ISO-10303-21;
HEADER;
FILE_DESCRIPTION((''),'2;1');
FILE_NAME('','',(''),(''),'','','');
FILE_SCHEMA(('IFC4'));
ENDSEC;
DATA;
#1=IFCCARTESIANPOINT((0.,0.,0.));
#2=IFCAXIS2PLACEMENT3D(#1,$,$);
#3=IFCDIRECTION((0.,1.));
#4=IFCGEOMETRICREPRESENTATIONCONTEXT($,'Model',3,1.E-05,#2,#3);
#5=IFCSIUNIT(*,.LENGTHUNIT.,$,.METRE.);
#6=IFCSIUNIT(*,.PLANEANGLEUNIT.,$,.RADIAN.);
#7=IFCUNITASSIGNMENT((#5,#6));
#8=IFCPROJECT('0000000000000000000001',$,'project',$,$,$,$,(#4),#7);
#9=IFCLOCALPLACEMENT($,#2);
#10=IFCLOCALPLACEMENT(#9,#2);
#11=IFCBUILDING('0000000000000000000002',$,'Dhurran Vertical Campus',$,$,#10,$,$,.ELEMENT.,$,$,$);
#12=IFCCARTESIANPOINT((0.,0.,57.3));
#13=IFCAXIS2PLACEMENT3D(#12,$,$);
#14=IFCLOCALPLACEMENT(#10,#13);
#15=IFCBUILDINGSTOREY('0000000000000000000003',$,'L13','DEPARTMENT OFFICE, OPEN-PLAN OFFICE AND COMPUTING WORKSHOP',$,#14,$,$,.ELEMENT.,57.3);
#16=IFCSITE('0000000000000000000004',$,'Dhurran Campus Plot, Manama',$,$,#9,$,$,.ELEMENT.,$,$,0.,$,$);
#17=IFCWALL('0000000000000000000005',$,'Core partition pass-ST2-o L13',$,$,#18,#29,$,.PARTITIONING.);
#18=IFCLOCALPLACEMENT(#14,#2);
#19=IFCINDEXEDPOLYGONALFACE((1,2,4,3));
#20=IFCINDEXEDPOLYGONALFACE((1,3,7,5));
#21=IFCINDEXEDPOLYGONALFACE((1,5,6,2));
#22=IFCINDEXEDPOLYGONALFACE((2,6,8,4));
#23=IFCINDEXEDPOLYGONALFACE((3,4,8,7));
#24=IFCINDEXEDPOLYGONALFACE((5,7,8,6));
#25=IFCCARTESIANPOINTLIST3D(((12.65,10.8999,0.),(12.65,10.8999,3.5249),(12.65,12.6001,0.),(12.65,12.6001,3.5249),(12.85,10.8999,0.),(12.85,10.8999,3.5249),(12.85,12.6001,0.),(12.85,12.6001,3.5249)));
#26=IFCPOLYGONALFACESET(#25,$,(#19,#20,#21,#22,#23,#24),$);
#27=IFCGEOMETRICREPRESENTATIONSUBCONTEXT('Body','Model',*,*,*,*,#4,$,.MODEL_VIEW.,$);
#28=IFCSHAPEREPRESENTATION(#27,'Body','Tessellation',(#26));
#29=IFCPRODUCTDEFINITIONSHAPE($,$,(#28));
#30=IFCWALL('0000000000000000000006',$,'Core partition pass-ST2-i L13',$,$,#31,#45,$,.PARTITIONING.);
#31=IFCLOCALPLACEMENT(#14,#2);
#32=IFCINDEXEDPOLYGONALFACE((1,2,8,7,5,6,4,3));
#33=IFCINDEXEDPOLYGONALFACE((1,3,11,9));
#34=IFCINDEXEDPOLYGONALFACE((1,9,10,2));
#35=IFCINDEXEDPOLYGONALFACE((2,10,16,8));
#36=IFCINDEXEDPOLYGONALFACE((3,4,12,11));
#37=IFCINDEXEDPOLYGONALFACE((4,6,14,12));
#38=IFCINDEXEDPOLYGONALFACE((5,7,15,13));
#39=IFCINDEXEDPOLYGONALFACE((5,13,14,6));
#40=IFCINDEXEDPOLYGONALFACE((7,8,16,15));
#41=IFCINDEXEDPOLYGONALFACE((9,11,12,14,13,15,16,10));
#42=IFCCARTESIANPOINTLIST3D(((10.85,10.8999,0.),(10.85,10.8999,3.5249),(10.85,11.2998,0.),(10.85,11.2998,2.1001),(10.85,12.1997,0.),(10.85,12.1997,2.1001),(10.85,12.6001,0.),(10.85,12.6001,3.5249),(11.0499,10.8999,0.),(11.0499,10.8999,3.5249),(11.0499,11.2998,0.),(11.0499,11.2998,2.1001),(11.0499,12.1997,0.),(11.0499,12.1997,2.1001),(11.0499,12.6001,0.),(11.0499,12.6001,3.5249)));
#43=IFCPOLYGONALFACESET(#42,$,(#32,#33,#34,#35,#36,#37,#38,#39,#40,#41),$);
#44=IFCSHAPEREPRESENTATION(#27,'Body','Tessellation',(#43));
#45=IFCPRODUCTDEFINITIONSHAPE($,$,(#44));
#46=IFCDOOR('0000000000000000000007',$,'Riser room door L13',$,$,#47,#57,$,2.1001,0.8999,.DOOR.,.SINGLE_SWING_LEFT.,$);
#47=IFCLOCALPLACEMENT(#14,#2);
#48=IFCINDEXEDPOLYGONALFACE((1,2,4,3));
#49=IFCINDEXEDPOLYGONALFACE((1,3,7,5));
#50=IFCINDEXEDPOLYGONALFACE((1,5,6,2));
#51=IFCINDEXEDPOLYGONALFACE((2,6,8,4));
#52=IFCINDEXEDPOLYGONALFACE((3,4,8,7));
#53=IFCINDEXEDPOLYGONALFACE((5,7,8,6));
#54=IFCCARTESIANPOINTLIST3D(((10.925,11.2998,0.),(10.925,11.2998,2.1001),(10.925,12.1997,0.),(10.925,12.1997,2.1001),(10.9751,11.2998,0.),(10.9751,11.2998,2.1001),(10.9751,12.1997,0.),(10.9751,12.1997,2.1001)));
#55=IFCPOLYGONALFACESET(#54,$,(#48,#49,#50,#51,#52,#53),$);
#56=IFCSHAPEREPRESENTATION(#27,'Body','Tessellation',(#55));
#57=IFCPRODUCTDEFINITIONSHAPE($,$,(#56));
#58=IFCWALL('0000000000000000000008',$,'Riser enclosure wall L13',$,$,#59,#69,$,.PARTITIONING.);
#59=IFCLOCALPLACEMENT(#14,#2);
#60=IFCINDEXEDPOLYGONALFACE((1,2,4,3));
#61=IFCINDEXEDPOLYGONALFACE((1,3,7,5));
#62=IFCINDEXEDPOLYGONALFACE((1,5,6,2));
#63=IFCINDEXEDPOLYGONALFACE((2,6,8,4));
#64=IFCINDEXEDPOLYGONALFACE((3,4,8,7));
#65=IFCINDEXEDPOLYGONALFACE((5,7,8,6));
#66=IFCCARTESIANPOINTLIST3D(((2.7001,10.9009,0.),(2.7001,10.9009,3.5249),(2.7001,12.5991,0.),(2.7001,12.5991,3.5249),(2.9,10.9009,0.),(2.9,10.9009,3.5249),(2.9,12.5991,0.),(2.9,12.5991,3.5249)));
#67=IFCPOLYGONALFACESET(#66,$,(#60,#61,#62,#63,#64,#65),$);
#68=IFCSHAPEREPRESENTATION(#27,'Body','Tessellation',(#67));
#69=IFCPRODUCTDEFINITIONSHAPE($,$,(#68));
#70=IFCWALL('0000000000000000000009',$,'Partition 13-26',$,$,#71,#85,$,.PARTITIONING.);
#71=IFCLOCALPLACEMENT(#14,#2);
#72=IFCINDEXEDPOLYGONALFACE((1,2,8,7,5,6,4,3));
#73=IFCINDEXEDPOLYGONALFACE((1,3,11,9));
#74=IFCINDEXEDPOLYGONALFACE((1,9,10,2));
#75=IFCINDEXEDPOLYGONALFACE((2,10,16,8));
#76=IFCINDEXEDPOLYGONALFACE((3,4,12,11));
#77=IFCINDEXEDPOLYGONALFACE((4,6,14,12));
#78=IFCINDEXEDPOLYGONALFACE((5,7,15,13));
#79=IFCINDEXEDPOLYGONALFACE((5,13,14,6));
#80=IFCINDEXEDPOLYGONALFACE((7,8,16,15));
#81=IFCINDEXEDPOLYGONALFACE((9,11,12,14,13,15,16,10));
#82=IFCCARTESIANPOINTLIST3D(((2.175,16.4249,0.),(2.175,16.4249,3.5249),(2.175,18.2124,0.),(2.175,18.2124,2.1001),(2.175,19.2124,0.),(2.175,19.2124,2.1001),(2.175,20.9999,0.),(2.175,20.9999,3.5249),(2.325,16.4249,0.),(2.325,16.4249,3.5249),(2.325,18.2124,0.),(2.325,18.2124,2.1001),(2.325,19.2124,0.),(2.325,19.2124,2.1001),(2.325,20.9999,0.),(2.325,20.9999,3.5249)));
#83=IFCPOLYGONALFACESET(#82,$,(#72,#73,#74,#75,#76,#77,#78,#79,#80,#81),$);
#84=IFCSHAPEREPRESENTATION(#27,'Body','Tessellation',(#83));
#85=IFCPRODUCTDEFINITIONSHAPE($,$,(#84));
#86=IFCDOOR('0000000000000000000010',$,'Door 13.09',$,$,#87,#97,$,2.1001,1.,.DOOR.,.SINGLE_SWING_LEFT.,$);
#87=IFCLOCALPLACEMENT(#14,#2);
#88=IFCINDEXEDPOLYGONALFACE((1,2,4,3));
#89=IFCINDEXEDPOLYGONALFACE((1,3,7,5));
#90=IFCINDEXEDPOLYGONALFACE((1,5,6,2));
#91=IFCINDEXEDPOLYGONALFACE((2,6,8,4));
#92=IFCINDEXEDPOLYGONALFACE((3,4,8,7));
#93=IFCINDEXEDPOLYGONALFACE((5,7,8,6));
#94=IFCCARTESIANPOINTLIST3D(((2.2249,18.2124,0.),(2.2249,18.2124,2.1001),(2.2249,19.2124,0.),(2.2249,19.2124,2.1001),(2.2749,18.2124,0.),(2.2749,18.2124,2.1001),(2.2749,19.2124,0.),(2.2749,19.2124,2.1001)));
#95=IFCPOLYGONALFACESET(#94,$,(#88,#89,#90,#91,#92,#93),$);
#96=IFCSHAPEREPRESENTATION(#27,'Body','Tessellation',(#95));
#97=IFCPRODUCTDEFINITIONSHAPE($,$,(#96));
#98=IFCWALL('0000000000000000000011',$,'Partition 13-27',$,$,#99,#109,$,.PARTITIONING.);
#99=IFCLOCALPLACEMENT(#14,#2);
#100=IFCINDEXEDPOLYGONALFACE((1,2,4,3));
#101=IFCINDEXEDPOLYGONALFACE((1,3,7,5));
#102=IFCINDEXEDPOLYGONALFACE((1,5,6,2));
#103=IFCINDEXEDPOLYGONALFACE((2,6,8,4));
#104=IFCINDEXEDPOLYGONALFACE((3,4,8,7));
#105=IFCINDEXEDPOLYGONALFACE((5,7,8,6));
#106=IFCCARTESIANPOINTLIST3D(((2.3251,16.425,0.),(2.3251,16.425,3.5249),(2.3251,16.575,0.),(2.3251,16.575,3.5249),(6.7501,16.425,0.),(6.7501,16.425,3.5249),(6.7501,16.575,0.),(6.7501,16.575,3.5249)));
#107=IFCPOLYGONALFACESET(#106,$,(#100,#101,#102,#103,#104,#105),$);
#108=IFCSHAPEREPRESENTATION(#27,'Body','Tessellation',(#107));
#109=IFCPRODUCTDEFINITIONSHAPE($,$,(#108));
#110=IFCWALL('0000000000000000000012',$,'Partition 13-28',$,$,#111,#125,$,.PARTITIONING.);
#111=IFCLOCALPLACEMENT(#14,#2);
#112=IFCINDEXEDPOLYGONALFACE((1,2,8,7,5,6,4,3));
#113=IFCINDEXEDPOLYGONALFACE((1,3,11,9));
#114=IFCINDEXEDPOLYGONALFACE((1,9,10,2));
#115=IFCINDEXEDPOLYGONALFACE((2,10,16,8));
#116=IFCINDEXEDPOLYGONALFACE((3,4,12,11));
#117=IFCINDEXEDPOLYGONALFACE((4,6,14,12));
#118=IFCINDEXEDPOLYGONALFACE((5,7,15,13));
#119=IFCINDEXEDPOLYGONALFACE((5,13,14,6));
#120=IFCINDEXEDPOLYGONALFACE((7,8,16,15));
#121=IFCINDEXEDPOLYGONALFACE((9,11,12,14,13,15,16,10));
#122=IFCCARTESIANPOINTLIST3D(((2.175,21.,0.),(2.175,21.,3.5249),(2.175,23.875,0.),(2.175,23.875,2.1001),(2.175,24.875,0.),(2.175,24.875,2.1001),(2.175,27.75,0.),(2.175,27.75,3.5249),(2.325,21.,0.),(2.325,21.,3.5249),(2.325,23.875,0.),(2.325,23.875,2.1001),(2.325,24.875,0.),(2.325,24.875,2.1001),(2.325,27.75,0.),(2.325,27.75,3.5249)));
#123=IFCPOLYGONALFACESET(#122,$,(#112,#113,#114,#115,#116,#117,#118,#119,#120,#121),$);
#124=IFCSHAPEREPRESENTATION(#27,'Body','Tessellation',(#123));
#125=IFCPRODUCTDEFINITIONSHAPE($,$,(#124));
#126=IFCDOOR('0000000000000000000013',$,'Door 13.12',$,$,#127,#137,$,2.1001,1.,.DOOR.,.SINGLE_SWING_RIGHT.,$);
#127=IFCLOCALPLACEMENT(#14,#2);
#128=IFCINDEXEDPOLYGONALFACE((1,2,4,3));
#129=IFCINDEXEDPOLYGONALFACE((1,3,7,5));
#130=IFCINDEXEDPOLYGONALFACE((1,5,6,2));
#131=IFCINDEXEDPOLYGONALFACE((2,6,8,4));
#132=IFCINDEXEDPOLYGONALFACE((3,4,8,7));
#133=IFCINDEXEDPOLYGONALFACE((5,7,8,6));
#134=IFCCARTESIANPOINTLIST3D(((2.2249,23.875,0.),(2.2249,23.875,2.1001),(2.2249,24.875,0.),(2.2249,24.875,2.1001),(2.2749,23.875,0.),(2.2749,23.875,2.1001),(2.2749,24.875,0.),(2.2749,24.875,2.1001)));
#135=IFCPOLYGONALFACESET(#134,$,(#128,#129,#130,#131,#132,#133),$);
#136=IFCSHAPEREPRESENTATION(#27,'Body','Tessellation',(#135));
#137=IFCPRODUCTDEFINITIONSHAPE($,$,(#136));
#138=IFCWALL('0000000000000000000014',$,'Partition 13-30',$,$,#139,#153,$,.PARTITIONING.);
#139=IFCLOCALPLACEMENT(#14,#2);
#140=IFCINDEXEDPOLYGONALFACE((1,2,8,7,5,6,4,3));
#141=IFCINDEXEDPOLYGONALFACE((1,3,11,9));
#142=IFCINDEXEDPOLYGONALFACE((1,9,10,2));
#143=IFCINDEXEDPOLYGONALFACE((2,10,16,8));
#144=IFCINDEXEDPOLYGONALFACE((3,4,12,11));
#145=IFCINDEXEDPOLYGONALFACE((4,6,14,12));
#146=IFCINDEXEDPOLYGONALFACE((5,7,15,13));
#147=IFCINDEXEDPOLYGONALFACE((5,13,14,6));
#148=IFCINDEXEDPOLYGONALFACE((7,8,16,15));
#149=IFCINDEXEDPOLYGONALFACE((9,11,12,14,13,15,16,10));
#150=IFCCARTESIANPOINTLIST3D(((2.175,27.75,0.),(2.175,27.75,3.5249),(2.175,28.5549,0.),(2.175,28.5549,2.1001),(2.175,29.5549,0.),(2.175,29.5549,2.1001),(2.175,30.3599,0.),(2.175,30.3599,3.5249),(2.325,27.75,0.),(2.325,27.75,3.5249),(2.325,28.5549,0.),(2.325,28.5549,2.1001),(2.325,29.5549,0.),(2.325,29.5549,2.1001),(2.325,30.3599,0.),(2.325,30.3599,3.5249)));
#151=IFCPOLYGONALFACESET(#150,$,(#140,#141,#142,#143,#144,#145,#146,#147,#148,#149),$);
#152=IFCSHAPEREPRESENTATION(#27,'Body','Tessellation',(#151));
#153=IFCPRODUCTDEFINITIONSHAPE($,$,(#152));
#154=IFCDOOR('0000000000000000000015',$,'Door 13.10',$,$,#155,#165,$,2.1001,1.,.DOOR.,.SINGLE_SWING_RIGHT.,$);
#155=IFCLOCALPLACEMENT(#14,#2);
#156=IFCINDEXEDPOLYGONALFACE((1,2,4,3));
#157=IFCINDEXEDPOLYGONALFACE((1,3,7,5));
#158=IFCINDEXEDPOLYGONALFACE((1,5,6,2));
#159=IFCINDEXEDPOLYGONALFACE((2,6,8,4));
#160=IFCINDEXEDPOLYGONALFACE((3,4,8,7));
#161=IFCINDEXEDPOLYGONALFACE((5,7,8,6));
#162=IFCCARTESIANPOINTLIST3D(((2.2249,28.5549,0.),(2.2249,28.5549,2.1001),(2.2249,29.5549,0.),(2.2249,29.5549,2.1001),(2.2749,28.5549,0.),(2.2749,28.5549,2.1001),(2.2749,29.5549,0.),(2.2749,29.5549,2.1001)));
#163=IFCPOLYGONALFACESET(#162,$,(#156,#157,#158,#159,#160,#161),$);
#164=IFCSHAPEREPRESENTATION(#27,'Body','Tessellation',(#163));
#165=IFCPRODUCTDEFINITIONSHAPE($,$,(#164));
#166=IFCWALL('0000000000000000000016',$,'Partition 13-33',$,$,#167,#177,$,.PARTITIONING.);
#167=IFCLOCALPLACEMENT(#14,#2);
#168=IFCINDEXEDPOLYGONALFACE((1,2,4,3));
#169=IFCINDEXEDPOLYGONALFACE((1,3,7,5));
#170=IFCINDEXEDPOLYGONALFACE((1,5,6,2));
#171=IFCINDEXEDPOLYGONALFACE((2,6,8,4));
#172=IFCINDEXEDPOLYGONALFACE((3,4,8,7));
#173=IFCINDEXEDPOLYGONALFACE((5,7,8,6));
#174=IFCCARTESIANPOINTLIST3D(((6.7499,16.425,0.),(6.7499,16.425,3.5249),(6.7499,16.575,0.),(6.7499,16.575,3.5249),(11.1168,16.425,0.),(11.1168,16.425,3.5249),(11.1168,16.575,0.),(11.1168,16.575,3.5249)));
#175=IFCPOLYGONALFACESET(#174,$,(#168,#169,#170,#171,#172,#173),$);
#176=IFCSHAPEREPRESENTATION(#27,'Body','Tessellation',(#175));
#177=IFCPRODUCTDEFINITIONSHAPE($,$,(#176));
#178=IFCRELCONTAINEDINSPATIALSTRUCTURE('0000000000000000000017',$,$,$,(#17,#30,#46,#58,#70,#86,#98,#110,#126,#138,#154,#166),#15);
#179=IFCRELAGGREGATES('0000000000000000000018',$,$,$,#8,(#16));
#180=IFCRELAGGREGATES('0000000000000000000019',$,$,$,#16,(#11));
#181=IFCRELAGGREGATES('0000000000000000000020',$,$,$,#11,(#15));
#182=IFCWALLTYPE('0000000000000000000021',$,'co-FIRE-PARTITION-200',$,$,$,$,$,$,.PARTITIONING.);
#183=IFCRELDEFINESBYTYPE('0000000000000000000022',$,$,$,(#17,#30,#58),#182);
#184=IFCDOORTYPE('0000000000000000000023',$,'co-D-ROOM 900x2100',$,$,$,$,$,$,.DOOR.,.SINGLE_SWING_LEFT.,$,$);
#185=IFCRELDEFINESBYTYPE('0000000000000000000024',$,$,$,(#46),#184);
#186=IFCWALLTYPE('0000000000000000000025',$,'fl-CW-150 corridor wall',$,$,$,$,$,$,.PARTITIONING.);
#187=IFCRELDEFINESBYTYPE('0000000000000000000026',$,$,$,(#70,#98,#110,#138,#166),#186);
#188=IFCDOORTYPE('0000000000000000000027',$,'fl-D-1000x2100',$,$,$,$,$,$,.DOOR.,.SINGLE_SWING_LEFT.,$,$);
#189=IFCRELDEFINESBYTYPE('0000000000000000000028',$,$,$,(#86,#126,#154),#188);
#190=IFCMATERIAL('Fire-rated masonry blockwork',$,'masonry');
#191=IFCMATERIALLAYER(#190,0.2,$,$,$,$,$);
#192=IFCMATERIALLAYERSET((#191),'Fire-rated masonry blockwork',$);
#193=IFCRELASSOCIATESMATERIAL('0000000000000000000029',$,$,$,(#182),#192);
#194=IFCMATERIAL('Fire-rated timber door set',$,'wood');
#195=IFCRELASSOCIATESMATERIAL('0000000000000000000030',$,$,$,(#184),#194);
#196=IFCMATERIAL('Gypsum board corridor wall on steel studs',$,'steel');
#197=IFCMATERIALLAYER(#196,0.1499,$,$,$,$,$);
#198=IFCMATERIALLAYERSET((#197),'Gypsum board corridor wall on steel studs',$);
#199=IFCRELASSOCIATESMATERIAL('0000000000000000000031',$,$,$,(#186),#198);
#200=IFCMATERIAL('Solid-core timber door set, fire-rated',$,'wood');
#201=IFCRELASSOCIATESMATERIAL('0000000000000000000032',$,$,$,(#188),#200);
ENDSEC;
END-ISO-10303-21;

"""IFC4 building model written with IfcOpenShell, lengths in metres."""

from ifc_helpers import new_model, si_unit, direction, frame, frame_2d, origin, place, context, subcontext, project, spatial, rectangle, extrude, material, layer, layer_set, type_object, element, fill, save


model = new_model("IFC4")

# Units and contexts
model_context = context("Model", 3, precision=1e-05, world=origin(), true_north=direction((0.0, 1.0)))
body_context = subcontext(model_context, "Body", "Model", "MODEL_VIEW")
ifc_project = project(units=[si_unit("LENGTHUNIT", "METRE"), si_unit("PLANEANGLEUNIT", "RADIAN")], contexts=[model_context])

# Site, building, storey
site_placement = place(None, origin())
site = spatial("IfcSite", under=ifc_project, at=site_placement, Name="Dhurran Campus Plot, Manama", CompositionType="ELEMENT", RefElevation=0.0)
building_placement = place(site_placement, origin())
building = spatial("IfcBuilding", under=site, at=building_placement, Name="Dhurran Vertical Campus", CompositionType="ELEMENT")
storey_placement = place(building_placement, frame((0.0, 0.0, 57.3)))
storey = spatial("IfcBuildingStorey", under=building, at=storey_placement, Name="L13", Description="DEPARTMENT OFFICE, OPEN-PLAN OFFICE AND COMPUTING WORKSHOP", CompositionType="ELEMENT", Elevation=57.3)

# Wall
ifc_material_1 = material(Name="Fire-rated masonry blockwork", Category="masonry")
ifc_layer_1 = layer(ifc_material_1, 0.2)
ifc_layer_set_1 = layer_set([ifc_layer_1], Name="Fire-rated masonry blockwork")
wall_type_1 = type_object("IfcWallType", Name="co-FIRE-PARTITION-200", PredefinedType="PARTITIONING", material=ifc_layer_set_1)
wall_1_placement = place(storey_placement, frame((12.75, 10.8999, 0.0), z_axis=(0.0, 0.0, 1.0), x_axis=(0.0, 1.0, 0.0)))
element("IfcWall", 1, at=wall_1_placement, inside=storey, type_object=wall_type_1, Name="Core partition pass-ST2-o L13", PredefinedType="PARTITIONING", context=body_context, shape_type="SweptSolid", body=[
    extrude(rectangle(XDim=1.7002, YDim=0.2, at=frame_2d((0.8501, 0.0))), origin(), (0.0, 0.0, 1.0), 3.5249),
])

# Wall, opening, door
wall_2_placement = place(storey_placement, frame((10.95, 10.8999, 0.0), z_axis=(0.0, 0.0, 1.0), x_axis=(0.0, 1.0, 0.0)))
wall_2 = element("IfcWall", 2, at=wall_2_placement, inside=storey, type_object=wall_type_1, Name="Core partition pass-ST2-i L13", PredefinedType="PARTITIONING", context=body_context, shape_type="SweptSolid", body=[
    extrude(rectangle(XDim=1.7002, YDim=0.2, at=frame_2d((0.8501, 0.0))), origin(), (0.0, 0.0, 1.0), 3.5249),
])
opening_1_placement = place(wall_2_placement, frame((0.3999, 0.0, 0.0)))
opening_1 = element("IfcOpeningElement", 3, at=opening_1_placement, cuts=wall_2, PredefinedType="OPENING", context=body_context, shape_type="SweptSolid", body=[
    extrude(rectangle(XDim=0.8999, YDim=2.1001, at=frame_2d((0.45, 1.05))), frame((0.0, 0.1099, 0.0), z_axis=(0.0, -1.0, 0.0), x_axis=(1.0, 0.0, 0.0)), (0.0, 0.0, 1.0), 0.22),
])
ifc_material_2 = material(Name="Fire-rated timber door set", Category="wood")
door_type_1 = type_object("IfcDoorType", Name="co-D-ROOM 900x2100", OperationType="SINGLE_SWING_LEFT", PredefinedType="DOOR", material=ifc_material_2)
door_1_placement = place(opening_1_placement, origin())
door_1 = element("IfcDoor", 4, at=door_1_placement, inside=storey, type_object=door_type_1, Name="Riser room door L13", OperationType="SINGLE_SWING_LEFT", OverallHeight=2.1001, OverallWidth=0.8999, PredefinedType="DOOR", context=body_context, shape_type="SweptSolid", body=[
    extrude(rectangle(XDim=0.8999, YDim=2.1001, at=frame_2d((0.45, 1.05))), frame((0.0, 0.0249, 0.0), z_axis=(0.0, -1.0, 0.0), x_axis=(1.0, 0.0, 0.0)), (0.0, 0.0, 1.0), 0.05),
])
fill(opening_1, door_1)

# Wall
wall_3_placement = place(storey_placement, frame((2.8, 12.5991, 0.0), z_axis=(0.0, 0.0, 1.0), x_axis=(0.0, -1.0, 0.0)))
element("IfcWall", 5, at=wall_3_placement, inside=storey, type_object=wall_type_1, Name="Riser enclosure wall L13", PredefinedType="PARTITIONING", context=body_context, shape_type="SweptSolid", body=[
    extrude(rectangle(XDim=1.6982, YDim=0.2, at=frame_2d((0.8491, 0.0))), origin(), (0.0, 0.0, 1.0), 3.5249),
])

# Wall, opening, door
ifc_material_3 = material(Name="Gypsum board corridor wall on steel studs", Category="steel")
ifc_layer_2 = layer(ifc_material_3, 0.1499)
ifc_layer_set_2 = layer_set([ifc_layer_2], Name="Gypsum board corridor wall on steel studs")
wall_type_2 = type_object("IfcWallType", Name="fl-CW-150 corridor wall", PredefinedType="PARTITIONING", material=ifc_layer_set_2)
wall_4_placement = place(storey_placement, frame((2.25, 21.0, 0.0), z_axis=(0.0, 0.0, 1.0), x_axis=(0.0, -1.0, 0.0)))
wall_4 = element("IfcWall", 6, at=wall_4_placement, inside=storey, type_object=wall_type_2, Name="Partition 13-26", PredefinedType="PARTITIONING", context=body_context, shape_type="SweptSolid", body=[
    extrude(rectangle(XDim=4.575, YDim=0.1499, at=frame_2d((2.2876, 0.0))), origin(), (0.0, 0.0, 1.0), 3.5249),
])
opening_2_placement = place(wall_4_placement, frame((1.7876, 0.0, 0.0)))
opening_2 = element("IfcOpeningElement", 7, at=opening_2_placement, cuts=wall_4, PredefinedType="OPENING", context=body_context, shape_type="SweptSolid", body=[
    extrude(rectangle(XDim=1.0, YDim=2.1001, at=frame_2d((0.5, 1.05))), frame((0.0, 0.085, 0.0), z_axis=(0.0, -1.0, 0.0), x_axis=(1.0, 0.0, 0.0)), (0.0, 0.0, 1.0), 0.1699),
])
ifc_material_4 = material(Name="Solid-core timber door set, fire-rated", Category="wood")
door_type_2 = type_object("IfcDoorType", Name="fl-D-1000x2100", OperationType="SINGLE_SWING_LEFT", PredefinedType="DOOR", material=ifc_material_4)
door_2_placement = place(opening_2_placement, origin())
door_2 = element("IfcDoor", 8, at=door_2_placement, inside=storey, type_object=door_type_2, Name="Door 13.09", OperationType="SINGLE_SWING_LEFT", OverallHeight=2.1001, OverallWidth=1.0, PredefinedType="DOOR", context=body_context, shape_type="SweptSolid", body=[
    extrude(rectangle(XDim=1.0, YDim=2.1001, at=frame_2d((0.5, 1.05))), frame((0.0, 0.0249, 0.0), z_axis=(0.0, -1.0, 0.0), x_axis=(1.0, 0.0, 0.0)), (0.0, 0.0, 1.0), 0.05),
])
fill(opening_2, door_2)

# Wall
wall_5_placement = place(storey_placement, frame((6.75, 16.5, 0.0), z_axis=(0.0, 0.0, 1.0), x_axis=(-1.0, 0.0, 0.0)))
element("IfcWall", 9, at=wall_5_placement, inside=storey, type_object=wall_type_2, Name="Partition 13-27", PredefinedType="PARTITIONING", context=body_context, shape_type="SweptSolid", body=[
    extrude(rectangle(XDim=4.425, YDim=0.1499, at=frame_2d((2.2124, 0.0))), origin(), (0.0, 0.0, 1.0), 3.5249),
])

# Walls, openings, doors
wall_6_placement = place(storey_placement, frame((2.25, 27.75, 0.0), z_axis=(0.0, 0.0, 1.0), x_axis=(0.0, -1.0, 0.0)))
wall_6 = element("IfcWall", 10, at=wall_6_placement, inside=storey, type_object=wall_type_2, Name="Partition 13-28", PredefinedType="PARTITIONING", context=body_context, shape_type="SweptSolid", body=[
    extrude(rectangle(XDim=6.75, YDim=0.1499, at=frame_2d((3.375, 0.0))), origin(), (0.0, 0.0, 1.0), 3.5249),
])
opening_3_placement = place(wall_6_placement, frame((2.875, 0.0, 0.0)))
opening_3 = element("IfcOpeningElement", 11, at=opening_3_placement, cuts=wall_6, PredefinedType="OPENING", context=body_context, shape_type="SweptSolid", body=[
    extrude(rectangle(XDim=1.0, YDim=2.1001, at=frame_2d((0.5, 1.05))), frame((0.0, 0.085, 0.0), z_axis=(0.0, -1.0, 0.0), x_axis=(1.0, 0.0, 0.0)), (0.0, 0.0, 1.0), 0.1699),
])
door_3_placement = place(opening_3_placement, origin())
door_3 = element("IfcDoor", 12, at=door_3_placement, inside=storey, type_object=door_type_2, Name="Door 13.12", OperationType="SINGLE_SWING_RIGHT", OverallHeight=2.1001, OverallWidth=1.0, PredefinedType="DOOR", context=body_context, shape_type="SweptSolid", body=[
    extrude(rectangle(XDim=1.0, YDim=2.1001, at=frame_2d((0.5, 1.05))), frame((0.0, 0.0249, 0.0), z_axis=(0.0, -1.0, 0.0), x_axis=(1.0, 0.0, 0.0)), (0.0, 0.0, 1.0), 0.05),
])
fill(opening_3, door_3)
wall_7_placement = place(storey_placement, frame((2.25, 30.3599, 0.0), z_axis=(0.0, 0.0, 1.0), x_axis=(0.0, -1.0, 0.0)))
wall_7 = element("IfcWall", 13, at=wall_7_placement, inside=storey, type_object=wall_type_2, Name="Partition 13-30", PredefinedType="PARTITIONING", context=body_context, shape_type="SweptSolid", body=[
    extrude(rectangle(XDim=2.6099, YDim=0.1499, at=frame_2d((1.3049, 0.0))), origin(), (0.0, 0.0, 1.0), 3.5249),
])
opening_4_placement = place(wall_7_placement, frame((0.8049, 0.0, 0.0)))
opening_4 = element("IfcOpeningElement", 14, at=opening_4_placement, cuts=wall_7, PredefinedType="OPENING", context=body_context, shape_type="SweptSolid", body=[
    extrude(rectangle(XDim=1.0, YDim=2.1001, at=frame_2d((0.5, 1.05))), frame((0.0, 0.085, 0.0), z_axis=(0.0, -1.0, 0.0), x_axis=(1.0, 0.0, 0.0)), (0.0, 0.0, 1.0), 0.1699),
])
door_4_placement = place(opening_4_placement, origin())
door_4 = element("IfcDoor", 15, at=door_4_placement, inside=storey, type_object=door_type_2, Name="Door 13.10", OperationType="SINGLE_SWING_RIGHT", OverallHeight=2.1001, OverallWidth=1.0, PredefinedType="DOOR", context=body_context, shape_type="SweptSolid", body=[
    extrude(rectangle(XDim=1.0, YDim=2.1001, at=frame_2d((0.5, 1.05))), frame((0.0, 0.0249, 0.0), z_axis=(0.0, -1.0, 0.0), x_axis=(1.0, 0.0, 0.0)), (0.0, 0.0, 1.0), 0.05),
])
fill(opening_4, door_4)

# Wall
wall_8_placement = place(storey_placement, frame((11.1169, 16.5, 0.0), z_axis=(0.0, 0.0, 1.0), x_axis=(-1.0, 0.0, 0.0)))
element("IfcWall", 16, at=wall_8_placement, inside=storey, type_object=wall_type_2, Name="Partition 13-33", PredefinedType="PARTITIONING", context=body_context, shape_type="SweptSolid", body=[
    extrude(rectangle(XDim=4.3669, YDim=0.1499, at=frame_2d((2.1836, 0.0))), origin(), (0.0, 0.0, 1.0), 3.5249),
])

save(model, "model.ifc")
